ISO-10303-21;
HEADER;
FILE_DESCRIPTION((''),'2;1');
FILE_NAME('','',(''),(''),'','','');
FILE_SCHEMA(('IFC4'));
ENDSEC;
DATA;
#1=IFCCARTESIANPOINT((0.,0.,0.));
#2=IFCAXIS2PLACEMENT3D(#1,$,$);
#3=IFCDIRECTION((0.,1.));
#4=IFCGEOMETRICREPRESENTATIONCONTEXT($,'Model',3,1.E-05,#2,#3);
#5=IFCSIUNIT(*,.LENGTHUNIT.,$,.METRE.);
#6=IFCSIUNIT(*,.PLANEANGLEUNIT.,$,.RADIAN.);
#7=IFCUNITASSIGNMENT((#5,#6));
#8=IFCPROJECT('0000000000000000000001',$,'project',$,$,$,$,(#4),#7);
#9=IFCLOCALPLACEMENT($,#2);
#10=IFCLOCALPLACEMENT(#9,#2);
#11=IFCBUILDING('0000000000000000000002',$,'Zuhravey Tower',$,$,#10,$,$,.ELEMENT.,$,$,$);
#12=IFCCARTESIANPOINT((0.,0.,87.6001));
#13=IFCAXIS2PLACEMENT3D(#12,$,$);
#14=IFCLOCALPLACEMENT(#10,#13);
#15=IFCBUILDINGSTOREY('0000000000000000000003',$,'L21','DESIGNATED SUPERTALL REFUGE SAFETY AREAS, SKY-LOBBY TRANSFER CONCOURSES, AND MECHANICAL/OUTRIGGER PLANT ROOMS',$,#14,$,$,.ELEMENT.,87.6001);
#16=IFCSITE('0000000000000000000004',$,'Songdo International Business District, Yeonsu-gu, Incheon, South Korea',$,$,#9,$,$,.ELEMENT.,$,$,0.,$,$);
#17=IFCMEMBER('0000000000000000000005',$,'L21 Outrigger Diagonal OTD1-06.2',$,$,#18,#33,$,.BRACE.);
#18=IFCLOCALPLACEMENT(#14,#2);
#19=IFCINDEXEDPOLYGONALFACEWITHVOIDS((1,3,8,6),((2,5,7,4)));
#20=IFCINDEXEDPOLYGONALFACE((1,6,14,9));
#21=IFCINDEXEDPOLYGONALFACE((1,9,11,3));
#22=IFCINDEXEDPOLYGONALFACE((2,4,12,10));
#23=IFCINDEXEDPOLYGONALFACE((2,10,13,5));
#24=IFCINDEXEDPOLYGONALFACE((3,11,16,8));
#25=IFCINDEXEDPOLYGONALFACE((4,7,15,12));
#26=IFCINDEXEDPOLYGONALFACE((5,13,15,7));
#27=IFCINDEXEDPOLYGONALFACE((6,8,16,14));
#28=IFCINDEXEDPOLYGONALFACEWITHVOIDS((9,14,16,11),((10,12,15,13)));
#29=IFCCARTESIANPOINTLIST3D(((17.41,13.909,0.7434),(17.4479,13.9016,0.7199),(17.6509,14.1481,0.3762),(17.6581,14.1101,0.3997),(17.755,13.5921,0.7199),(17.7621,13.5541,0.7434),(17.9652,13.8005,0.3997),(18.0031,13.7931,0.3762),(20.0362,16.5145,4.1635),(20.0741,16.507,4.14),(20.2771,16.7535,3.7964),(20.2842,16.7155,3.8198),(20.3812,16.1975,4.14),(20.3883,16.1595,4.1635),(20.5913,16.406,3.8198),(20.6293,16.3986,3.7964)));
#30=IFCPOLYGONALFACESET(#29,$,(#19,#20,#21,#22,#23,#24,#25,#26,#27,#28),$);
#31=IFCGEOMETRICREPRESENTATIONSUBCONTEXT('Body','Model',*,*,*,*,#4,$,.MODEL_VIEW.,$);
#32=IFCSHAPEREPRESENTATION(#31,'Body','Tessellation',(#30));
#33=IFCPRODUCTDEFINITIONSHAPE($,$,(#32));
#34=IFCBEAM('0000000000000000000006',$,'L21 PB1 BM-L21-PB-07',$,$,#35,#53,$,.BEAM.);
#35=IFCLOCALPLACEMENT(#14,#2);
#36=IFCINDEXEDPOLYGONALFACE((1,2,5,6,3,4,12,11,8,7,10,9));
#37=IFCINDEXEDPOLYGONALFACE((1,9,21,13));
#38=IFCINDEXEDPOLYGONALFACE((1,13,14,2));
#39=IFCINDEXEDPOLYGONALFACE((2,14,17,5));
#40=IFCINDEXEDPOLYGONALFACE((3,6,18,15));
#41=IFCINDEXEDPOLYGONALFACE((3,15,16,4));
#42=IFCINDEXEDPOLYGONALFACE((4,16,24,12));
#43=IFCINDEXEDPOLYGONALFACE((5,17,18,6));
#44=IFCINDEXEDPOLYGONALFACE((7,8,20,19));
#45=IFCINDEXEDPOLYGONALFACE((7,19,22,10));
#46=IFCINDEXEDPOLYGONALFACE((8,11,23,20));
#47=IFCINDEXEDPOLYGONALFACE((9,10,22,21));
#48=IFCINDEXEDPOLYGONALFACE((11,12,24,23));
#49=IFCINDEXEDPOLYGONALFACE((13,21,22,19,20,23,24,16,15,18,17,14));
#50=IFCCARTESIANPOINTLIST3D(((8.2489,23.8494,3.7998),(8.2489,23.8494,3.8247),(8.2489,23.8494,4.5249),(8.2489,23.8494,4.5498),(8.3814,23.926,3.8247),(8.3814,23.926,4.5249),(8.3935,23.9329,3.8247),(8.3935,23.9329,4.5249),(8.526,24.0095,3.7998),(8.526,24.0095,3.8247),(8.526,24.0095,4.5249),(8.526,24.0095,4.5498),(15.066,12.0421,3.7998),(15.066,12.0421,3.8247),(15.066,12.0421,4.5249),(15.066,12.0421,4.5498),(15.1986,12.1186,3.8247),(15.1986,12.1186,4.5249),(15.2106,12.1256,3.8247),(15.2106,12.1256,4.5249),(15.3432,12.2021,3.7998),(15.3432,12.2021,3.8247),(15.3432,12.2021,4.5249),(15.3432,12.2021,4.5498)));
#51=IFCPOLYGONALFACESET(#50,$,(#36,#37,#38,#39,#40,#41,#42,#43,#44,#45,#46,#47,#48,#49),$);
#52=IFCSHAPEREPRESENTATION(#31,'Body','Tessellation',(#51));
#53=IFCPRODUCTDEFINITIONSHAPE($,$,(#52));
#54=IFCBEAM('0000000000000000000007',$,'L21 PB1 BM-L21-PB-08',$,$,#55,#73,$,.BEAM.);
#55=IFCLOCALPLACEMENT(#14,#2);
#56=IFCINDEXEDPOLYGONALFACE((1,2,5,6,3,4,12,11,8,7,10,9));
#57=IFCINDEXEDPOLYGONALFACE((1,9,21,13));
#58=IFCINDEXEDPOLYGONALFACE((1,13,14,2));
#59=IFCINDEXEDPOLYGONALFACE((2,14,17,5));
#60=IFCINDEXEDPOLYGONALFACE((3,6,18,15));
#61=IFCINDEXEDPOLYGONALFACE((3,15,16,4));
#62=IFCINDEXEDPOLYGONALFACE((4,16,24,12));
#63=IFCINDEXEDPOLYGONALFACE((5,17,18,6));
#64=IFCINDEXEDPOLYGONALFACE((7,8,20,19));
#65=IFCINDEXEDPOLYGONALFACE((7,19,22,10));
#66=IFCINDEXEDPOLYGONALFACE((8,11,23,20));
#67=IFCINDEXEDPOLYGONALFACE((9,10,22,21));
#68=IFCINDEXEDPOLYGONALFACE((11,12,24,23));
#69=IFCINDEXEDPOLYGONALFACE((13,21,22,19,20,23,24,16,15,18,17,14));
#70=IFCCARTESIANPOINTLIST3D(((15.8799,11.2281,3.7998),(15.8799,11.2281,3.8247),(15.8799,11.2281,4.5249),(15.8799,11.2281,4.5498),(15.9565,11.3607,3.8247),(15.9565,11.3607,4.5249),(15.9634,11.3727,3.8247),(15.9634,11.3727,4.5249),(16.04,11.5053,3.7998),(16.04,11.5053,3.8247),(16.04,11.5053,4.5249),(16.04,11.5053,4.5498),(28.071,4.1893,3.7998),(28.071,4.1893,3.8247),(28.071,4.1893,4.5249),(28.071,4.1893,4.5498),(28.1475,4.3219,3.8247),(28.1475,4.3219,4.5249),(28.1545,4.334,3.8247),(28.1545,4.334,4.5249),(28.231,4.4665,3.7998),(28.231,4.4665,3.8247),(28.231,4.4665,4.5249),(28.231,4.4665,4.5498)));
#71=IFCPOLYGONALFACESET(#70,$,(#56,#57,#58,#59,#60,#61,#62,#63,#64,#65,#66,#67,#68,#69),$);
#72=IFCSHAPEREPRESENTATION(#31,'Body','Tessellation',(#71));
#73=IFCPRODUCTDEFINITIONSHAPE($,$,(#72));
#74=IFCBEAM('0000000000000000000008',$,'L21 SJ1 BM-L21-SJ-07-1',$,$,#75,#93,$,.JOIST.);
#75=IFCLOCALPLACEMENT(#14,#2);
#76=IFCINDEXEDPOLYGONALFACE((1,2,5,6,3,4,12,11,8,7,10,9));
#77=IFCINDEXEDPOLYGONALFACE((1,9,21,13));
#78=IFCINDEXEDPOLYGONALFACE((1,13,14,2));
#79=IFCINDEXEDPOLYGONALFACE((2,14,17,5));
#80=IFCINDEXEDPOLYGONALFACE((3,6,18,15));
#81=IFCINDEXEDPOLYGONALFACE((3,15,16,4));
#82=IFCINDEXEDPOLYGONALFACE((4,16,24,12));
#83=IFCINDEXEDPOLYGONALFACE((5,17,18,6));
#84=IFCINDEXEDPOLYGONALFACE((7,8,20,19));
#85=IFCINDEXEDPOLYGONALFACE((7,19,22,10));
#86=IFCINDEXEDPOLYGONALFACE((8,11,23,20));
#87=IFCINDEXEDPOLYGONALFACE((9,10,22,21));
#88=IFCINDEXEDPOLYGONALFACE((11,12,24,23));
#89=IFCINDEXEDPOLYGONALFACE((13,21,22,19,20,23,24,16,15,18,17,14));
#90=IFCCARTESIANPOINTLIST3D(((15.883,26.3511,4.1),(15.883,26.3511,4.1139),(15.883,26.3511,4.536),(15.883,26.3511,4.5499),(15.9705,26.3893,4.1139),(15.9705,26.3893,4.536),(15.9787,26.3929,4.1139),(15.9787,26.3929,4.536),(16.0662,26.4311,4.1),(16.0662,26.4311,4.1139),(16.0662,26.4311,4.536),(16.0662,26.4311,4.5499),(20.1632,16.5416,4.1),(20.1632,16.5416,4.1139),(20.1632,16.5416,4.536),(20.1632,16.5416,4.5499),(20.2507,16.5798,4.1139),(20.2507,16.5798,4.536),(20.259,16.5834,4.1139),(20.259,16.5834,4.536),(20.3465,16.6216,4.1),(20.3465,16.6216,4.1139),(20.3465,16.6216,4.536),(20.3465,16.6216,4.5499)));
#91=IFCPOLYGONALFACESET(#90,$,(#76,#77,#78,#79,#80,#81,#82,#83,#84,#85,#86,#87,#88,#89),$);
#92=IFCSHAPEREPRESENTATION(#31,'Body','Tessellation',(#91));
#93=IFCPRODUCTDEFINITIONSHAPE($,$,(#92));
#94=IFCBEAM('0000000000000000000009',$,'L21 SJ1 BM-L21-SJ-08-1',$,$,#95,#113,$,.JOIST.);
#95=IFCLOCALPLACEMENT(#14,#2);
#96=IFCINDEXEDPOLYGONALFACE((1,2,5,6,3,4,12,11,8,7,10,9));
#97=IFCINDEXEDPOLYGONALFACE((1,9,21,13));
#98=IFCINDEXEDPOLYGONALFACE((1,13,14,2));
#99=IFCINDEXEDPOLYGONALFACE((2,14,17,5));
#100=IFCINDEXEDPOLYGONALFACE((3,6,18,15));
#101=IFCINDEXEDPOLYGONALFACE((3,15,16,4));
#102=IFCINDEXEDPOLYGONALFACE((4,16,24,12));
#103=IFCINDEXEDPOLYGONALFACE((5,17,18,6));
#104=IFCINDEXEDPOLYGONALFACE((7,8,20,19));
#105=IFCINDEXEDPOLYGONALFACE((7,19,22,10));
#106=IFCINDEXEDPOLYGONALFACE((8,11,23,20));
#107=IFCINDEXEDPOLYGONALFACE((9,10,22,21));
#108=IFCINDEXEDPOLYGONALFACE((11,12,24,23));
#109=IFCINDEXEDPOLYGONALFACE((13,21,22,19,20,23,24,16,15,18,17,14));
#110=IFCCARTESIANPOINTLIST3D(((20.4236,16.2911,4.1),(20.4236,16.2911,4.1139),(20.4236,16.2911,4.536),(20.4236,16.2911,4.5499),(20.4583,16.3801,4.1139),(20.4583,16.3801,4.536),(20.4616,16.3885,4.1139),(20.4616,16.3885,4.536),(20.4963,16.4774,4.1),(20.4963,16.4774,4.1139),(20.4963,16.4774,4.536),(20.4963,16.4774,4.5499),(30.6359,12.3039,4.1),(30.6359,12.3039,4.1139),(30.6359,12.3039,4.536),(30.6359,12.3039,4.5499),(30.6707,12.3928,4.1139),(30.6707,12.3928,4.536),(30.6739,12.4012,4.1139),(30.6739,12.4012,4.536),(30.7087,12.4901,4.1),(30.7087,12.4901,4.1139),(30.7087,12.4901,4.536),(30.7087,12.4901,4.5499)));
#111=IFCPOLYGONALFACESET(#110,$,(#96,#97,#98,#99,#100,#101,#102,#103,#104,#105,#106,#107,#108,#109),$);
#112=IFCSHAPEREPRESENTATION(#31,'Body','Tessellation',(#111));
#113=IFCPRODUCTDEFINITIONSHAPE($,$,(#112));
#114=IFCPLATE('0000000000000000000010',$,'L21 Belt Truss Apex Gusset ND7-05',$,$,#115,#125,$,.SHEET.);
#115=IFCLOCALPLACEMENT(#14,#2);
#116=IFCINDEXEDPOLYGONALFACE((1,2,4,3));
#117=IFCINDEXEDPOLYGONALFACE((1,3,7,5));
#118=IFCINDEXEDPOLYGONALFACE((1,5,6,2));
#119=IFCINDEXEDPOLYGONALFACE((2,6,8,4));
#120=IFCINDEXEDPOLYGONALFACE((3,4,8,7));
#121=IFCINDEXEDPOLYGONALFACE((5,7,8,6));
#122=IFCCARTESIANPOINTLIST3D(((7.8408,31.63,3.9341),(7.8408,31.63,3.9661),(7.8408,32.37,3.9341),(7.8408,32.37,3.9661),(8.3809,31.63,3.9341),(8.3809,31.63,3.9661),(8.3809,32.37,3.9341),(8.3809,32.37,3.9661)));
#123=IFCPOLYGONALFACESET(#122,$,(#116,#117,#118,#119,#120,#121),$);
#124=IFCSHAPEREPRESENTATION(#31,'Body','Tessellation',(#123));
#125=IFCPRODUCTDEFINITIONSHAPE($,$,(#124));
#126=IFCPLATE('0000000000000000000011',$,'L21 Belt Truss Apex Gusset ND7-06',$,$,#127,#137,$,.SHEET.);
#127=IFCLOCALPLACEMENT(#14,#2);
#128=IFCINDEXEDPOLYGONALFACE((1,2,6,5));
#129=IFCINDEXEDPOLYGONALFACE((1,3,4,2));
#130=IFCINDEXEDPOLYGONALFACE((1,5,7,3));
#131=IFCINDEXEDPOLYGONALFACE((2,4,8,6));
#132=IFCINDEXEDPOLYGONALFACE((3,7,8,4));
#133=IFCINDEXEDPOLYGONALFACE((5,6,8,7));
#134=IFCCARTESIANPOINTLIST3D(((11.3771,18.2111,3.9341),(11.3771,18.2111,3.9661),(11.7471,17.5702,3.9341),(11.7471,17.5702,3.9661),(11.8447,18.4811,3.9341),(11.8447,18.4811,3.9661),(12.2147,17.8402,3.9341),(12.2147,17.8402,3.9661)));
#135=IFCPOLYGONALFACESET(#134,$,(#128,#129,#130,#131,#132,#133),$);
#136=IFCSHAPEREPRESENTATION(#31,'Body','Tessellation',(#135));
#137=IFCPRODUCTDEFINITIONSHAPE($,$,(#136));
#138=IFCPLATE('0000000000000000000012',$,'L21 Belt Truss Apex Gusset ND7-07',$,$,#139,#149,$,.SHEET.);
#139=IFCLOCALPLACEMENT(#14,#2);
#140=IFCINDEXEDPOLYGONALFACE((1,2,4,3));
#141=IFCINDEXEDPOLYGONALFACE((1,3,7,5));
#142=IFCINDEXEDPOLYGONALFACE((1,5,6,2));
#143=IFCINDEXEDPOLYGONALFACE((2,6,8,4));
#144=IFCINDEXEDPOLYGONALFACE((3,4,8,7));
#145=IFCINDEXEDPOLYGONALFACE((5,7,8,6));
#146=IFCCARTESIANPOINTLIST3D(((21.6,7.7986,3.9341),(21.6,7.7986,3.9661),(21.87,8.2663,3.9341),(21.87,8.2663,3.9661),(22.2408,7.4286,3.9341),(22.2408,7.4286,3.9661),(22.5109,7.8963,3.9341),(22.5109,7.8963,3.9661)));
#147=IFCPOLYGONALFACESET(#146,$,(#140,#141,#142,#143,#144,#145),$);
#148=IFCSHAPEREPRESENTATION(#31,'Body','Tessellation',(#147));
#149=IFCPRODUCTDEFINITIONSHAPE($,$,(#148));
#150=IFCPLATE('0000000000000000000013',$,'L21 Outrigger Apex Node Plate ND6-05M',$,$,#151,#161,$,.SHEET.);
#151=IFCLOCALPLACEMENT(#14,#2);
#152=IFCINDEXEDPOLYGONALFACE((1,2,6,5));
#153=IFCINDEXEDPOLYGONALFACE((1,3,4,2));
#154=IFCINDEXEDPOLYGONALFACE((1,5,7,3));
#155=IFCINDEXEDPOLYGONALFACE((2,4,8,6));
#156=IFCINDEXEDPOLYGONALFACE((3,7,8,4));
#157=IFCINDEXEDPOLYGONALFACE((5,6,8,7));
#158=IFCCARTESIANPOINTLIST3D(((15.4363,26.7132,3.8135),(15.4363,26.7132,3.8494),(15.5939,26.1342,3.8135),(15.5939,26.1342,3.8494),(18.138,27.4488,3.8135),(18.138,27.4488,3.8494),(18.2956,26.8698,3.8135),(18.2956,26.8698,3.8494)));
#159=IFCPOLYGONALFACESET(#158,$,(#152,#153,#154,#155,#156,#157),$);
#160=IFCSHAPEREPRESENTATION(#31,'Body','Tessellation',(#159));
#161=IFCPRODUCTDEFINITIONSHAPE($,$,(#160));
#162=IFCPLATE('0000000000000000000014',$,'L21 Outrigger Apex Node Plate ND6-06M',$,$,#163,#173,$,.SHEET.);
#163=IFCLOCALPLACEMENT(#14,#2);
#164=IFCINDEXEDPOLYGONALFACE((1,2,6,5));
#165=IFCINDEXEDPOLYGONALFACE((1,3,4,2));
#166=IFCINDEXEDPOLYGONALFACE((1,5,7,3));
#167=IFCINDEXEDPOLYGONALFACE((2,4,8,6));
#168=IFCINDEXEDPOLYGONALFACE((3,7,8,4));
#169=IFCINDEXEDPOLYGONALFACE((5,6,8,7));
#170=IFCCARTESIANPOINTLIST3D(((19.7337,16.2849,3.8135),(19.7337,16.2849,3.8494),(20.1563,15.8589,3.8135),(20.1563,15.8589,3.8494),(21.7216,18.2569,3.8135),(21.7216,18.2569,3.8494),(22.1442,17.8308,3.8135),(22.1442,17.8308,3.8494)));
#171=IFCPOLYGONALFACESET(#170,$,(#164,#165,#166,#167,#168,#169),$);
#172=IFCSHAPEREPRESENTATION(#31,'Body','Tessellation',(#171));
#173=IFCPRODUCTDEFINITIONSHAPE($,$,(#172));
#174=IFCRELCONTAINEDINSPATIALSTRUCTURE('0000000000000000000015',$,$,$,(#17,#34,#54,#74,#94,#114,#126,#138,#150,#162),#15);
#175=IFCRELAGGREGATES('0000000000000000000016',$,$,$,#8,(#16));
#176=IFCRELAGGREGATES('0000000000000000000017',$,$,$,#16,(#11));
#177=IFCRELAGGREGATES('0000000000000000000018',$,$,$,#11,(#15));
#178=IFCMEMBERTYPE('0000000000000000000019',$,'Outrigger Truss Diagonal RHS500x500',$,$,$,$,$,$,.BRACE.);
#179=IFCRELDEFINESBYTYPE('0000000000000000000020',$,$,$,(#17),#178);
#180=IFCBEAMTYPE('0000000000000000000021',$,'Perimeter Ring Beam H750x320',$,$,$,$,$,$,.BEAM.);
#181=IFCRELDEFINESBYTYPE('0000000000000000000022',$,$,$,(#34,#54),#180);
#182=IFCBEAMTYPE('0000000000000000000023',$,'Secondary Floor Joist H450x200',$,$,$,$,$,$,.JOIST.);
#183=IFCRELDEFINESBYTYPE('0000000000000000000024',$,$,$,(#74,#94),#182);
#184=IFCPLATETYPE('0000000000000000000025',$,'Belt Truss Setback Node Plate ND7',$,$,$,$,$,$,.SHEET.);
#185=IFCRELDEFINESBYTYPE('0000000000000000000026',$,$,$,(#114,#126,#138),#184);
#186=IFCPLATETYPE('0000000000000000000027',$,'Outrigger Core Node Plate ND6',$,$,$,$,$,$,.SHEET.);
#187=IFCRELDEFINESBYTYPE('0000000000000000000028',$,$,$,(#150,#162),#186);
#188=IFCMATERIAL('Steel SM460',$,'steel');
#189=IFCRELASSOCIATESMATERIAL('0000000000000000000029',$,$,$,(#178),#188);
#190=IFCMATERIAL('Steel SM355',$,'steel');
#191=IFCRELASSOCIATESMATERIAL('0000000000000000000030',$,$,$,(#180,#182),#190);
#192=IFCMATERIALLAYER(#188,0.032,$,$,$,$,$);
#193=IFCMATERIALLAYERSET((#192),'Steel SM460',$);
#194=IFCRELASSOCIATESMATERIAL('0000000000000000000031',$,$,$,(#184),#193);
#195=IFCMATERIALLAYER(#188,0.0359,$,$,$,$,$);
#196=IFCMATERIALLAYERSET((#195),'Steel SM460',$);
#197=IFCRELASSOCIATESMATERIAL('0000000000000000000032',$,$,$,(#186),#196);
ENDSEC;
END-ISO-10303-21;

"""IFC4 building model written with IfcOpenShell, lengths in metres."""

from ifc_helpers import new_model, si_unit, direction, frame, origin, origin_2d, place, context, subcontext, project, spatial, rectangle, hollow_rectangle, i_section, extrude, material, layer, layer_set, material_profile, profile_set, type_object, element, save


model = new_model("IFC4")

# Units and contexts
model_context = context("Model", 3, precision=1e-05, world=origin(), true_north=direction((0.0, 1.0)))
body_context = subcontext(model_context, "Body", "Model", "MODEL_VIEW")
ifc_project = project(units=[si_unit("LENGTHUNIT", "METRE"), si_unit("PLANEANGLEUNIT", "RADIAN")], contexts=[model_context])

# Site, building, storey
site_placement = place(None, origin())
site = spatial("IfcSite", under=ifc_project, at=site_placement, Name="Songdo International Business District, Yeonsu-gu, Incheon, South Korea", CompositionType="ELEMENT", RefElevation=0.0)
building_placement = place(site_placement, origin())
building = spatial("IfcBuilding", under=site, at=building_placement, Name="Zuhravey Tower", CompositionType="ELEMENT")
storey_placement = place(building_placement, frame((0.0, 0.0, 87.6001)))
storey = spatial("IfcBuildingStorey", under=building, at=storey_placement, Name="L21", Description="DESIGNATED SUPERTALL REFUGE SAFETY AREAS, SKY-LOBBY TRANSFER CONCOURSES, AND MECHANICAL/OUTRIGGER PLANT ROOMS", CompositionType="ELEMENT", Elevation=87.6001)

# Shared definitions
ifc_material_1 = material(Name="Steel SM355", Category="steel")

# Shared definitions
ifc_material_2 = material(Name="Steel SM460", Category="steel")

# Member
ifc_material_profile_1 = material_profile(ifc_material_2, hollow_rectangle(XDim=0.5, YDim=0.5, WallThickness=0.032, at=origin_2d()), Name="RHS-500x500x32")
ifc_profile_set_1 = profile_set([ifc_material_profile_1], Name="Steel SM460")
member_type_1 = type_object("IfcMemberType", Name="Outrigger Truss Diagonal RHS500x500", PredefinedType="BRACE", material=ifc_profile_set_1)
member_1_placement = place(storey_placement, frame((17.7065, 13.8511, 0.5598), z_axis=(0.521266, 0.517147, 0.678852), x_axis=(-0.704296, 0.709906, 0.0)))
element("IfcMember", 1, at=member_1_placement, inside=storey, type_object=member_type_1, Name="L21 Outrigger Diagonal OTD1-06.2", PredefinedType="BRACE", context=body_context, shape_type="SweptSolid", body=[
    extrude(hollow_rectangle(XDim=0.5, YDim=0.5, WallThickness=0.032, at=origin_2d()), origin(), (0.0, 0.0, 1.0), 5.0381),
])

# Beams
ifc_material_profile_2 = material_profile(ifc_material_1, i_section(OverallWidth=0.3201, OverallDepth=0.75, WebThickness=0.0139, FlangeThickness=0.0249, at=origin_2d()), Name="H-750x320x14x25")
ifc_profile_set_2 = profile_set([ifc_material_profile_2], Name="Steel SM355")
beam_type_1 = type_object("IfcBeamType", Name="Perimeter Ring Beam H750x320", PredefinedType="BEAM", material=ifc_profile_set_2)
beam_1_placement = place(storey_placement, frame((8.3875, 23.9294, 4.1748), z_axis=(0.500008, -0.866021, 0.0), x_axis=(0.866021, 0.500008, 0.0)))
element("IfcBeam", 2, at=beam_1_placement, inside=storey, type_object=beam_type_1, Name="L21 PB1 BM-L21-PB-07", PredefinedType="BEAM", context=body_context, shape_type="SweptSolid", body=[
    extrude(i_section(OverallWidth=0.3201, OverallDepth=0.75, WebThickness=0.0139, FlangeThickness=0.0249, at=origin_2d()), origin(), (0.0, 0.0, 1.0), 13.634),
])
beam_2_placement = place(storey_placement, frame((15.96, 11.3667, 4.1748), z_axis=(0.866018, -0.500013, 0.0), x_axis=(0.500013, 0.866018, 0.0)))
element("IfcBeam", 3, at=beam_2_placement, inside=storey, type_object=beam_type_1, Name="L21 PB1 BM-L21-PB-08", PredefinedType="BEAM", context=body_context, shape_type="SweptSolid", body=[
    extrude(i_section(OverallWidth=0.3201, OverallDepth=0.75, WebThickness=0.0139, FlangeThickness=0.0249, at=origin_2d()), origin(), (0.0, 0.0, 1.0), 14.0771),
])
ifc_material_profile_3 = material_profile(ifc_material_1, i_section(OverallWidth=0.2, OverallDepth=0.45, WebThickness=0.009, FlangeThickness=0.0139, at=origin_2d()), Name="H-450x200x9x14")
ifc_profile_set_3 = profile_set([ifc_material_profile_3], Name="Steel SM355")
beam_type_2 = type_object("IfcBeamType", Name="Secondary Floor Joist H450x200", PredefinedType="JOIST", material=ifc_profile_set_3)
beam_3_placement = place(storey_placement, frame((15.9746, 26.3911, 4.325), z_axis=(0.399924, -0.916549, 0.0), x_axis=(0.916549, 0.399924, 0.0)))
element("IfcBeam", 4, at=beam_3_placement, inside=storey, type_object=beam_type_2, Name="L21 SJ1 BM-L21-SJ-07-1", PredefinedType="JOIST", context=body_context, shape_type="SweptSolid", body=[
    extrude(i_section(OverallWidth=0.2, OverallDepth=0.45, WebThickness=0.009, FlangeThickness=0.0139, at=origin_2d()), origin(), (0.0, 0.0, 1.0), 10.7026),
])
beam_4_placement = place(storey_placement, frame((20.46, 16.3843, 4.325), z_axis=(0.931517, -0.363699, 0.0), x_axis=(0.363699, 0.931517, 0.0)))
element("IfcBeam", 5, at=beam_4_placement, inside=storey, type_object=beam_type_2, Name="L21 SJ1 BM-L21-SJ-08-1", PredefinedType="JOIST", context=body_context, shape_type="SweptSolid", body=[
    extrude(i_section(OverallWidth=0.2, OverallDepth=0.45, WebThickness=0.009, FlangeThickness=0.0139, at=origin_2d()), origin(), (0.0, 0.0, 1.0), 10.9631),
])

# Plates
ifc_layer_1 = layer(ifc_material_2, 0.032)
ifc_layer_set_1 = layer_set([ifc_layer_1], Name="Steel SM460")
plate_type_1 = type_object("IfcPlateType", Name="Belt Truss Setback Node Plate ND7", PredefinedType="SHEET", material=ifc_layer_set_1)
for number, where, z_axis, x_axis, name in (
    (6, (8.1108, 32.0, 3.9341), (0.0, 0.0, 1.0), (0.0, -1.0, 0.0), "L21 Belt Truss Apex Gusset ND7-05"),
    (7, (11.7959, 18.0256, 3.9341), (0.0, 0.0, 1.0), (0.5, -0.866025, 0.0), "L21 Belt Truss Apex Gusset ND7-06"),
    (8, (22.0554, 7.8474, 3.9341), (0.0, 0.0, 1.0), (0.866025, -0.5, 0.0), "L21 Belt Truss Apex Gusset ND7-07"),
):
    element("IfcPlate", number, at=place(storey_placement, frame(where, z_axis=z_axis, x_axis=x_axis)), inside=storey, type_object=plate_type_1, Name=name, PredefinedType="SHEET", context=body_context, shape_type="SweptSolid", body=[
        extrude(rectangle(XDim=0.74, YDim=0.54, at=origin_2d()), origin(), (0.0, 0.0, 1.0), 0.032),
    ])
ifc_layer_2 = layer(ifc_material_2, 0.0359)
ifc_layer_set_2 = layer_set([ifc_layer_2], Name="Steel SM460")
plate_type_2 = type_object("IfcPlateType", Name="Outrigger Core Node Plate ND6", PredefinedType="SHEET", material=ifc_layer_set_2)
for number, where, z_axis, x_axis, name in (
    (9, (16.866, 26.7915, 3.8135), (0.0, 0.0, 1.0), (-0.964879, -0.262694, 0.0), "L21 Outrigger Apex Node Plate ND6-05M"),
    (10, (20.939, 17.0579, 3.8135), (0.0, 0.0, 1.0), (-0.70994, -0.704263, 0.0), "L21 Outrigger Apex Node Plate ND6-06M"),
):
    element("IfcPlate", number, at=place(storey_placement, frame(where, z_axis=z_axis, x_axis=x_axis)), inside=storey, type_object=plate_type_2, Name=name, PredefinedType="SHEET", context=body_context, shape_type="SweptSolid", body=[
        extrude(rectangle(XDim=2.8, YDim=0.6001, at=origin_2d()), origin(), (0.0, 0.0, 1.0), 0.0359),
    ])

save(model, "model.ifc")
